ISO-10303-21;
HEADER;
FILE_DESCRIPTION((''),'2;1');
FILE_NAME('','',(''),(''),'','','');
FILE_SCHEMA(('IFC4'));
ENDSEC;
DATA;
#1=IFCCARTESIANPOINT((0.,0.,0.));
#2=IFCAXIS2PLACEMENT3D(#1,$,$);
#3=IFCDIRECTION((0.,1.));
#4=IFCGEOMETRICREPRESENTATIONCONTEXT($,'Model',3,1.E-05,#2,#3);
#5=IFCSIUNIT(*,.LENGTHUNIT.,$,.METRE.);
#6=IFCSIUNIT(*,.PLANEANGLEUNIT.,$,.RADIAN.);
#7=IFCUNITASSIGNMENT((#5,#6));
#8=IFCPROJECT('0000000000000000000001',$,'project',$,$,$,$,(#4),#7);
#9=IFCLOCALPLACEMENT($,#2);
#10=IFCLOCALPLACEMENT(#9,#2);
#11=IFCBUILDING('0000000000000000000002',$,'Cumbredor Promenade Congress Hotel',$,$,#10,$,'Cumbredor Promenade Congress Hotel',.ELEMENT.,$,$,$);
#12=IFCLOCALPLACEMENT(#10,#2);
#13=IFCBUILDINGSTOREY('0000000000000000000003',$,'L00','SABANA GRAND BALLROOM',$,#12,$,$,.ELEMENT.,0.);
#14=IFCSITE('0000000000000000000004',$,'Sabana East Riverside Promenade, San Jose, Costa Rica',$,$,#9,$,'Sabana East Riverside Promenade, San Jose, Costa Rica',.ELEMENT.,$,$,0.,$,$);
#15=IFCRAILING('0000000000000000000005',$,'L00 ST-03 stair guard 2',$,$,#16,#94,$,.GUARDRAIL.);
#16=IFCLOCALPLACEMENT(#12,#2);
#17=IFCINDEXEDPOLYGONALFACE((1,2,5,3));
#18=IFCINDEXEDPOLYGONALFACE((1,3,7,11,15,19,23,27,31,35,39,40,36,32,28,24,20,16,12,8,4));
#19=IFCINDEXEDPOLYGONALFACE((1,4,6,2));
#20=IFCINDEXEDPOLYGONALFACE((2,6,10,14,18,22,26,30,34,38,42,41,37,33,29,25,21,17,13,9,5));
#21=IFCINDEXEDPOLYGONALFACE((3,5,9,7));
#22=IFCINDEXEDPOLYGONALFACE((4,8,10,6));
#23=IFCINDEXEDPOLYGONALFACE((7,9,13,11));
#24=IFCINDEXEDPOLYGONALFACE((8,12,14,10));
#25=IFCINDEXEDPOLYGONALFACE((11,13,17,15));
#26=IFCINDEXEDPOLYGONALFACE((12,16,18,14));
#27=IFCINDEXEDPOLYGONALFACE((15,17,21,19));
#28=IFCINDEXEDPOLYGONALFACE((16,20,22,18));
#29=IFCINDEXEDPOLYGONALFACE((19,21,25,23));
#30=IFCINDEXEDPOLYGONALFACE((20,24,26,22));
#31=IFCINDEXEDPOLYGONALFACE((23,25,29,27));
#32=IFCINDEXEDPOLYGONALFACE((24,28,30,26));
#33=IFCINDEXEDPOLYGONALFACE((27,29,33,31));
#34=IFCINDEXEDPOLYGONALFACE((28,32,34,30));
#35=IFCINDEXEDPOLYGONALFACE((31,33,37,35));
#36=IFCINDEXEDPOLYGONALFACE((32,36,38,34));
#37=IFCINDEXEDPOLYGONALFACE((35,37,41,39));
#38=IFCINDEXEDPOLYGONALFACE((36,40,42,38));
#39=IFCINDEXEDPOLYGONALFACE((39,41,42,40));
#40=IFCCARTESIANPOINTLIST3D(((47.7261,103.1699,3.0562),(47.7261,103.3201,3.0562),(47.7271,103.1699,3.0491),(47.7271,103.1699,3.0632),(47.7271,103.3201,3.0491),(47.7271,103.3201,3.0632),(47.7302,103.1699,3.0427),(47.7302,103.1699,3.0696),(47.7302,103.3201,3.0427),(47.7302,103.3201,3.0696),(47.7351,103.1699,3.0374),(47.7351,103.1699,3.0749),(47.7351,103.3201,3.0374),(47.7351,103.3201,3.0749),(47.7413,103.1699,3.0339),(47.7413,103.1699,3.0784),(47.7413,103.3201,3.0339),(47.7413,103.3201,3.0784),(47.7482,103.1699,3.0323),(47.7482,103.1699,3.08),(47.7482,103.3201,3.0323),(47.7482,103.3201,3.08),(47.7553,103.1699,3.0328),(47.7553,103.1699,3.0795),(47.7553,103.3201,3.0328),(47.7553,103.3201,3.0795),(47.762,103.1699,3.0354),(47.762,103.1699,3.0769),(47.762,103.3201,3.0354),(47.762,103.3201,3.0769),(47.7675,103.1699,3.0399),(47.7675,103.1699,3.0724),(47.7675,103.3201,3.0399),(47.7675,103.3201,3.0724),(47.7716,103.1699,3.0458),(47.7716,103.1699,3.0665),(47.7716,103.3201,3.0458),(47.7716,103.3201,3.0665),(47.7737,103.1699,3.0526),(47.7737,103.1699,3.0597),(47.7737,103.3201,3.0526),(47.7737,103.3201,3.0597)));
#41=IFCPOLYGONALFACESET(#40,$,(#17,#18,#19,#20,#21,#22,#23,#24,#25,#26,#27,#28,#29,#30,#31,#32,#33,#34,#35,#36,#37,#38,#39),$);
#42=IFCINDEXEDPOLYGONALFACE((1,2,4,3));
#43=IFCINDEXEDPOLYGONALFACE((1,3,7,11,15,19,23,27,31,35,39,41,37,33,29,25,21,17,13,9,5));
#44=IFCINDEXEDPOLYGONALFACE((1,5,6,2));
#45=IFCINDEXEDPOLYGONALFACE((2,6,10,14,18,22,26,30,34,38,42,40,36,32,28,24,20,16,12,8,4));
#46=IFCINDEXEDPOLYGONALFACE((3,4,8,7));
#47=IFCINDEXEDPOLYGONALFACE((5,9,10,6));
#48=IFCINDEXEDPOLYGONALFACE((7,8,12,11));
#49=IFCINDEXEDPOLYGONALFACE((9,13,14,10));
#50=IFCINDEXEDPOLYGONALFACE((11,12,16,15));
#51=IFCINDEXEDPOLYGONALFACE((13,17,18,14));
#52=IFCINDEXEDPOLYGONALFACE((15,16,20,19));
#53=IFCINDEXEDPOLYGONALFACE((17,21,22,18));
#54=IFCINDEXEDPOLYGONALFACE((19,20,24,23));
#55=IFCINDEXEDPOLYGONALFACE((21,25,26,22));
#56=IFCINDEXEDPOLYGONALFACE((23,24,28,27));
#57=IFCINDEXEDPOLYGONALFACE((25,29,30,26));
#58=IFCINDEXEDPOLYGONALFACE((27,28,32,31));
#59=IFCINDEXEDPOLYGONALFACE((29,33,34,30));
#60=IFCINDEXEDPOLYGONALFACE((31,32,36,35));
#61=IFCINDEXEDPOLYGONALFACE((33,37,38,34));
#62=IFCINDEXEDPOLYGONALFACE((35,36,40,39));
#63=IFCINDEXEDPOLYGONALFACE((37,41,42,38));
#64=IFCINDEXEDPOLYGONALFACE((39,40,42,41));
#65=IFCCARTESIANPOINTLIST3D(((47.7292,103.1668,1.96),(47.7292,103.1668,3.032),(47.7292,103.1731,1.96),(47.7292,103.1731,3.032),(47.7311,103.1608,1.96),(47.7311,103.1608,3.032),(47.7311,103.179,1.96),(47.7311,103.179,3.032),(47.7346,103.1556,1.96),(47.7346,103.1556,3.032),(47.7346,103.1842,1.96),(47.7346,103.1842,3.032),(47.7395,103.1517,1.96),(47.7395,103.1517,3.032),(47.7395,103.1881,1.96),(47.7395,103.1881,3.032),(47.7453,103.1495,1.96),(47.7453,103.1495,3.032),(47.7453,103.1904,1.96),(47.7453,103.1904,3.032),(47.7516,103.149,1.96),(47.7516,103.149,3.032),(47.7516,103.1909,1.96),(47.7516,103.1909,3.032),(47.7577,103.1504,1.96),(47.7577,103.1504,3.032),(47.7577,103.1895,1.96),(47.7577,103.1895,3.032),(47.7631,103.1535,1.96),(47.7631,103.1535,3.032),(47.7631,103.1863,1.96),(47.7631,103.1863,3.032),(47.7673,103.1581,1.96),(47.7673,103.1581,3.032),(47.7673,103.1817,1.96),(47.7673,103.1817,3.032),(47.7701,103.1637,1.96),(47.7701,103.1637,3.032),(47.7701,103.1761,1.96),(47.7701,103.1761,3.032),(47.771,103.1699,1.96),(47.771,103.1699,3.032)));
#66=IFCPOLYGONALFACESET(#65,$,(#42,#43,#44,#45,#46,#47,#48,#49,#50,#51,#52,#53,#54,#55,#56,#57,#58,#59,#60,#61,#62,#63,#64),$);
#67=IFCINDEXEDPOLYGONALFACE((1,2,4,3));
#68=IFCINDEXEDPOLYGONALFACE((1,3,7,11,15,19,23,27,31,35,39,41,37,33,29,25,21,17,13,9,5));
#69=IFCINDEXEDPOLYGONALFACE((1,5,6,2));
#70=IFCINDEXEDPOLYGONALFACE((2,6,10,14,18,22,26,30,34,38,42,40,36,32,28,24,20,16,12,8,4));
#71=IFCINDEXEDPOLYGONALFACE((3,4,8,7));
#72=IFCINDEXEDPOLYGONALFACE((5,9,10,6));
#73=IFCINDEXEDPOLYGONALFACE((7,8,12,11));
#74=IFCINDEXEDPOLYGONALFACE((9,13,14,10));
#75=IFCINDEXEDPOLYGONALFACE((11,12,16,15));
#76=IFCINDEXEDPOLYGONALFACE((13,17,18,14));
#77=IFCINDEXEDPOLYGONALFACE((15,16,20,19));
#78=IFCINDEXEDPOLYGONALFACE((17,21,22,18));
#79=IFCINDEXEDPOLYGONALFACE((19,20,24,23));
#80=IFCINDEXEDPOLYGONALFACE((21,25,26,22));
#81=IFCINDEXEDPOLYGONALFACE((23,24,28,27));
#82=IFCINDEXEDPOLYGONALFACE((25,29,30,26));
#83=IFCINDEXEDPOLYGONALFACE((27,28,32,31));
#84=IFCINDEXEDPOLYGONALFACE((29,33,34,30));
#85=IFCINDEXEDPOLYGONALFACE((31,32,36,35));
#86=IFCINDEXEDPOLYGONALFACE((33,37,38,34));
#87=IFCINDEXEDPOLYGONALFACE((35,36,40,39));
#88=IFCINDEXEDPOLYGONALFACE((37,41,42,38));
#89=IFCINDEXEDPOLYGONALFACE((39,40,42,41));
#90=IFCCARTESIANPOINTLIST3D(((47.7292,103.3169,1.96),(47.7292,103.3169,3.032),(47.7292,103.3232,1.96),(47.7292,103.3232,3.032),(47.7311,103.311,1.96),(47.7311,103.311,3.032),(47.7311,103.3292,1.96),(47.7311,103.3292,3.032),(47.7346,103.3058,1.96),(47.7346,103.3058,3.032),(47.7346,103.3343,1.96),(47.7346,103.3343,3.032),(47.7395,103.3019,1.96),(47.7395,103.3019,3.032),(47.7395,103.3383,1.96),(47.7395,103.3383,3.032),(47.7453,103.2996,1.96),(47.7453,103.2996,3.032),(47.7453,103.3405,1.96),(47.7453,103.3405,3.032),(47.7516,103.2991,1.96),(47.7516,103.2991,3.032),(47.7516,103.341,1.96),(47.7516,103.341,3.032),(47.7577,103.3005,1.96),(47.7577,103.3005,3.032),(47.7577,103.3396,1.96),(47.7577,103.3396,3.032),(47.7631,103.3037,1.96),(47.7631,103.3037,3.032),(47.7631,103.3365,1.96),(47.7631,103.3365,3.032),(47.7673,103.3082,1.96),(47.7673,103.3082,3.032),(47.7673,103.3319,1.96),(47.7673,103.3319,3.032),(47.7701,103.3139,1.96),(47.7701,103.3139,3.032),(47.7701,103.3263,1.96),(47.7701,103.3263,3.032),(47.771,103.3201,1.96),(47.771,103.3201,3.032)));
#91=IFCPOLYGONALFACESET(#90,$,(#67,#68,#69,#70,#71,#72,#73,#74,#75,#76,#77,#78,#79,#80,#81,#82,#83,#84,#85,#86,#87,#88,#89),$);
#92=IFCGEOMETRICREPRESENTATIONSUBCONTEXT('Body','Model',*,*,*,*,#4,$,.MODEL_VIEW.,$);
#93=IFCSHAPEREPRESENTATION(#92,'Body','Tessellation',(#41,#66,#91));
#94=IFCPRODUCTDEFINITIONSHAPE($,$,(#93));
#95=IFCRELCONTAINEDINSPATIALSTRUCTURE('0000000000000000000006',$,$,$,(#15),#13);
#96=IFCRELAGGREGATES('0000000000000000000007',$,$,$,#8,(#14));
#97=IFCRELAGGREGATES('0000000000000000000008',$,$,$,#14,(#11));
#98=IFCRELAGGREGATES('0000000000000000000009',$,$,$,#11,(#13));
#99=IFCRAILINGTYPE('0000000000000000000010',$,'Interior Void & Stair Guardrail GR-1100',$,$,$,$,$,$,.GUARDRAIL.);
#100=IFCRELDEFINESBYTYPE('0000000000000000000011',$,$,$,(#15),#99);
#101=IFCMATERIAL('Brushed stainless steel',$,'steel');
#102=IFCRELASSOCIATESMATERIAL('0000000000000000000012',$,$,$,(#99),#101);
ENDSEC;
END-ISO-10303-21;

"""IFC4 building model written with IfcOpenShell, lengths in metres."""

from ifc_helpers import new_model, si_unit, direction, frame, origin, origin_2d, place, context, subcontext, project, spatial, circle, extrude, material, type_object, element, save


model = new_model("IFC4")

# Units and contexts
model_context = context("Model", 3, precision=1e-05, world=origin(), true_north=direction((0.0, 1.0)))
body_context = subcontext(model_context, "Body", "Model", "MODEL_VIEW")
ifc_project = project(units=[si_unit("LENGTHUNIT", "METRE"), si_unit("PLANEANGLEUNIT", "RADIAN")], contexts=[model_context])

# Site, building, storey
site_placement = place(None, origin())
site = spatial("IfcSite", under=ifc_project, at=site_placement, Name="Sabana East Riverside Promenade, San Jose, Costa Rica", LongName="Sabana East Riverside Promenade, San Jose, Costa Rica", CompositionType="ELEMENT", RefElevation=0.0)
building_placement = place(site_placement, origin())
building = spatial("IfcBuilding", under=site, at=building_placement, Name="Cumbredor Promenade Congress Hotel", LongName="Cumbredor Promenade Congress Hotel", CompositionType="ELEMENT")
storey_placement = place(building_placement, origin())
storey = spatial("IfcBuildingStorey", under=building, at=storey_placement, Name="L00", Description="SABANA GRAND BALLROOM", CompositionType="ELEMENT", Elevation=0.0)

# Railing
ifc_material_1 = material(Name="Brushed stainless steel", Category="steel")
railing_type_1 = type_object("IfcRailingType", Name="Interior Void & Stair Guardrail GR-1100", PredefinedType="GUARDRAIL", material=ifc_material_1)
railing_1_placement = place(storey_placement, frame((47.75, 103.1699, 1.96)))
element("IfcRailing", 1, at=railing_1_placement, inside=storey, type_object=railing_type_1, Name="L00 ST-03 stair guard 2", PredefinedType="GUARDRAIL", context=body_context, shape_type="SweptSolid", body=[
    extrude(circle(Radius=0.0239, at=origin_2d()), frame((0.0, 0.0, 1.0962), z_axis=(0.0, 1.0, 0.0), x_axis=(-1.0, 0.0, 0.0)), (0.0, 0.0, 1.0), 0.1501),
    extrude(circle(Radius=0.021, at=origin_2d()), origin(), (0.0, 0.0, 1.0), 1.072),
    extrude(circle(Radius=0.021, at=origin_2d()), frame((0.0, 0.1501, 0.0)), (0.0, 0.0, 1.0), 1.072),
])

save(model, "model.ifc")
